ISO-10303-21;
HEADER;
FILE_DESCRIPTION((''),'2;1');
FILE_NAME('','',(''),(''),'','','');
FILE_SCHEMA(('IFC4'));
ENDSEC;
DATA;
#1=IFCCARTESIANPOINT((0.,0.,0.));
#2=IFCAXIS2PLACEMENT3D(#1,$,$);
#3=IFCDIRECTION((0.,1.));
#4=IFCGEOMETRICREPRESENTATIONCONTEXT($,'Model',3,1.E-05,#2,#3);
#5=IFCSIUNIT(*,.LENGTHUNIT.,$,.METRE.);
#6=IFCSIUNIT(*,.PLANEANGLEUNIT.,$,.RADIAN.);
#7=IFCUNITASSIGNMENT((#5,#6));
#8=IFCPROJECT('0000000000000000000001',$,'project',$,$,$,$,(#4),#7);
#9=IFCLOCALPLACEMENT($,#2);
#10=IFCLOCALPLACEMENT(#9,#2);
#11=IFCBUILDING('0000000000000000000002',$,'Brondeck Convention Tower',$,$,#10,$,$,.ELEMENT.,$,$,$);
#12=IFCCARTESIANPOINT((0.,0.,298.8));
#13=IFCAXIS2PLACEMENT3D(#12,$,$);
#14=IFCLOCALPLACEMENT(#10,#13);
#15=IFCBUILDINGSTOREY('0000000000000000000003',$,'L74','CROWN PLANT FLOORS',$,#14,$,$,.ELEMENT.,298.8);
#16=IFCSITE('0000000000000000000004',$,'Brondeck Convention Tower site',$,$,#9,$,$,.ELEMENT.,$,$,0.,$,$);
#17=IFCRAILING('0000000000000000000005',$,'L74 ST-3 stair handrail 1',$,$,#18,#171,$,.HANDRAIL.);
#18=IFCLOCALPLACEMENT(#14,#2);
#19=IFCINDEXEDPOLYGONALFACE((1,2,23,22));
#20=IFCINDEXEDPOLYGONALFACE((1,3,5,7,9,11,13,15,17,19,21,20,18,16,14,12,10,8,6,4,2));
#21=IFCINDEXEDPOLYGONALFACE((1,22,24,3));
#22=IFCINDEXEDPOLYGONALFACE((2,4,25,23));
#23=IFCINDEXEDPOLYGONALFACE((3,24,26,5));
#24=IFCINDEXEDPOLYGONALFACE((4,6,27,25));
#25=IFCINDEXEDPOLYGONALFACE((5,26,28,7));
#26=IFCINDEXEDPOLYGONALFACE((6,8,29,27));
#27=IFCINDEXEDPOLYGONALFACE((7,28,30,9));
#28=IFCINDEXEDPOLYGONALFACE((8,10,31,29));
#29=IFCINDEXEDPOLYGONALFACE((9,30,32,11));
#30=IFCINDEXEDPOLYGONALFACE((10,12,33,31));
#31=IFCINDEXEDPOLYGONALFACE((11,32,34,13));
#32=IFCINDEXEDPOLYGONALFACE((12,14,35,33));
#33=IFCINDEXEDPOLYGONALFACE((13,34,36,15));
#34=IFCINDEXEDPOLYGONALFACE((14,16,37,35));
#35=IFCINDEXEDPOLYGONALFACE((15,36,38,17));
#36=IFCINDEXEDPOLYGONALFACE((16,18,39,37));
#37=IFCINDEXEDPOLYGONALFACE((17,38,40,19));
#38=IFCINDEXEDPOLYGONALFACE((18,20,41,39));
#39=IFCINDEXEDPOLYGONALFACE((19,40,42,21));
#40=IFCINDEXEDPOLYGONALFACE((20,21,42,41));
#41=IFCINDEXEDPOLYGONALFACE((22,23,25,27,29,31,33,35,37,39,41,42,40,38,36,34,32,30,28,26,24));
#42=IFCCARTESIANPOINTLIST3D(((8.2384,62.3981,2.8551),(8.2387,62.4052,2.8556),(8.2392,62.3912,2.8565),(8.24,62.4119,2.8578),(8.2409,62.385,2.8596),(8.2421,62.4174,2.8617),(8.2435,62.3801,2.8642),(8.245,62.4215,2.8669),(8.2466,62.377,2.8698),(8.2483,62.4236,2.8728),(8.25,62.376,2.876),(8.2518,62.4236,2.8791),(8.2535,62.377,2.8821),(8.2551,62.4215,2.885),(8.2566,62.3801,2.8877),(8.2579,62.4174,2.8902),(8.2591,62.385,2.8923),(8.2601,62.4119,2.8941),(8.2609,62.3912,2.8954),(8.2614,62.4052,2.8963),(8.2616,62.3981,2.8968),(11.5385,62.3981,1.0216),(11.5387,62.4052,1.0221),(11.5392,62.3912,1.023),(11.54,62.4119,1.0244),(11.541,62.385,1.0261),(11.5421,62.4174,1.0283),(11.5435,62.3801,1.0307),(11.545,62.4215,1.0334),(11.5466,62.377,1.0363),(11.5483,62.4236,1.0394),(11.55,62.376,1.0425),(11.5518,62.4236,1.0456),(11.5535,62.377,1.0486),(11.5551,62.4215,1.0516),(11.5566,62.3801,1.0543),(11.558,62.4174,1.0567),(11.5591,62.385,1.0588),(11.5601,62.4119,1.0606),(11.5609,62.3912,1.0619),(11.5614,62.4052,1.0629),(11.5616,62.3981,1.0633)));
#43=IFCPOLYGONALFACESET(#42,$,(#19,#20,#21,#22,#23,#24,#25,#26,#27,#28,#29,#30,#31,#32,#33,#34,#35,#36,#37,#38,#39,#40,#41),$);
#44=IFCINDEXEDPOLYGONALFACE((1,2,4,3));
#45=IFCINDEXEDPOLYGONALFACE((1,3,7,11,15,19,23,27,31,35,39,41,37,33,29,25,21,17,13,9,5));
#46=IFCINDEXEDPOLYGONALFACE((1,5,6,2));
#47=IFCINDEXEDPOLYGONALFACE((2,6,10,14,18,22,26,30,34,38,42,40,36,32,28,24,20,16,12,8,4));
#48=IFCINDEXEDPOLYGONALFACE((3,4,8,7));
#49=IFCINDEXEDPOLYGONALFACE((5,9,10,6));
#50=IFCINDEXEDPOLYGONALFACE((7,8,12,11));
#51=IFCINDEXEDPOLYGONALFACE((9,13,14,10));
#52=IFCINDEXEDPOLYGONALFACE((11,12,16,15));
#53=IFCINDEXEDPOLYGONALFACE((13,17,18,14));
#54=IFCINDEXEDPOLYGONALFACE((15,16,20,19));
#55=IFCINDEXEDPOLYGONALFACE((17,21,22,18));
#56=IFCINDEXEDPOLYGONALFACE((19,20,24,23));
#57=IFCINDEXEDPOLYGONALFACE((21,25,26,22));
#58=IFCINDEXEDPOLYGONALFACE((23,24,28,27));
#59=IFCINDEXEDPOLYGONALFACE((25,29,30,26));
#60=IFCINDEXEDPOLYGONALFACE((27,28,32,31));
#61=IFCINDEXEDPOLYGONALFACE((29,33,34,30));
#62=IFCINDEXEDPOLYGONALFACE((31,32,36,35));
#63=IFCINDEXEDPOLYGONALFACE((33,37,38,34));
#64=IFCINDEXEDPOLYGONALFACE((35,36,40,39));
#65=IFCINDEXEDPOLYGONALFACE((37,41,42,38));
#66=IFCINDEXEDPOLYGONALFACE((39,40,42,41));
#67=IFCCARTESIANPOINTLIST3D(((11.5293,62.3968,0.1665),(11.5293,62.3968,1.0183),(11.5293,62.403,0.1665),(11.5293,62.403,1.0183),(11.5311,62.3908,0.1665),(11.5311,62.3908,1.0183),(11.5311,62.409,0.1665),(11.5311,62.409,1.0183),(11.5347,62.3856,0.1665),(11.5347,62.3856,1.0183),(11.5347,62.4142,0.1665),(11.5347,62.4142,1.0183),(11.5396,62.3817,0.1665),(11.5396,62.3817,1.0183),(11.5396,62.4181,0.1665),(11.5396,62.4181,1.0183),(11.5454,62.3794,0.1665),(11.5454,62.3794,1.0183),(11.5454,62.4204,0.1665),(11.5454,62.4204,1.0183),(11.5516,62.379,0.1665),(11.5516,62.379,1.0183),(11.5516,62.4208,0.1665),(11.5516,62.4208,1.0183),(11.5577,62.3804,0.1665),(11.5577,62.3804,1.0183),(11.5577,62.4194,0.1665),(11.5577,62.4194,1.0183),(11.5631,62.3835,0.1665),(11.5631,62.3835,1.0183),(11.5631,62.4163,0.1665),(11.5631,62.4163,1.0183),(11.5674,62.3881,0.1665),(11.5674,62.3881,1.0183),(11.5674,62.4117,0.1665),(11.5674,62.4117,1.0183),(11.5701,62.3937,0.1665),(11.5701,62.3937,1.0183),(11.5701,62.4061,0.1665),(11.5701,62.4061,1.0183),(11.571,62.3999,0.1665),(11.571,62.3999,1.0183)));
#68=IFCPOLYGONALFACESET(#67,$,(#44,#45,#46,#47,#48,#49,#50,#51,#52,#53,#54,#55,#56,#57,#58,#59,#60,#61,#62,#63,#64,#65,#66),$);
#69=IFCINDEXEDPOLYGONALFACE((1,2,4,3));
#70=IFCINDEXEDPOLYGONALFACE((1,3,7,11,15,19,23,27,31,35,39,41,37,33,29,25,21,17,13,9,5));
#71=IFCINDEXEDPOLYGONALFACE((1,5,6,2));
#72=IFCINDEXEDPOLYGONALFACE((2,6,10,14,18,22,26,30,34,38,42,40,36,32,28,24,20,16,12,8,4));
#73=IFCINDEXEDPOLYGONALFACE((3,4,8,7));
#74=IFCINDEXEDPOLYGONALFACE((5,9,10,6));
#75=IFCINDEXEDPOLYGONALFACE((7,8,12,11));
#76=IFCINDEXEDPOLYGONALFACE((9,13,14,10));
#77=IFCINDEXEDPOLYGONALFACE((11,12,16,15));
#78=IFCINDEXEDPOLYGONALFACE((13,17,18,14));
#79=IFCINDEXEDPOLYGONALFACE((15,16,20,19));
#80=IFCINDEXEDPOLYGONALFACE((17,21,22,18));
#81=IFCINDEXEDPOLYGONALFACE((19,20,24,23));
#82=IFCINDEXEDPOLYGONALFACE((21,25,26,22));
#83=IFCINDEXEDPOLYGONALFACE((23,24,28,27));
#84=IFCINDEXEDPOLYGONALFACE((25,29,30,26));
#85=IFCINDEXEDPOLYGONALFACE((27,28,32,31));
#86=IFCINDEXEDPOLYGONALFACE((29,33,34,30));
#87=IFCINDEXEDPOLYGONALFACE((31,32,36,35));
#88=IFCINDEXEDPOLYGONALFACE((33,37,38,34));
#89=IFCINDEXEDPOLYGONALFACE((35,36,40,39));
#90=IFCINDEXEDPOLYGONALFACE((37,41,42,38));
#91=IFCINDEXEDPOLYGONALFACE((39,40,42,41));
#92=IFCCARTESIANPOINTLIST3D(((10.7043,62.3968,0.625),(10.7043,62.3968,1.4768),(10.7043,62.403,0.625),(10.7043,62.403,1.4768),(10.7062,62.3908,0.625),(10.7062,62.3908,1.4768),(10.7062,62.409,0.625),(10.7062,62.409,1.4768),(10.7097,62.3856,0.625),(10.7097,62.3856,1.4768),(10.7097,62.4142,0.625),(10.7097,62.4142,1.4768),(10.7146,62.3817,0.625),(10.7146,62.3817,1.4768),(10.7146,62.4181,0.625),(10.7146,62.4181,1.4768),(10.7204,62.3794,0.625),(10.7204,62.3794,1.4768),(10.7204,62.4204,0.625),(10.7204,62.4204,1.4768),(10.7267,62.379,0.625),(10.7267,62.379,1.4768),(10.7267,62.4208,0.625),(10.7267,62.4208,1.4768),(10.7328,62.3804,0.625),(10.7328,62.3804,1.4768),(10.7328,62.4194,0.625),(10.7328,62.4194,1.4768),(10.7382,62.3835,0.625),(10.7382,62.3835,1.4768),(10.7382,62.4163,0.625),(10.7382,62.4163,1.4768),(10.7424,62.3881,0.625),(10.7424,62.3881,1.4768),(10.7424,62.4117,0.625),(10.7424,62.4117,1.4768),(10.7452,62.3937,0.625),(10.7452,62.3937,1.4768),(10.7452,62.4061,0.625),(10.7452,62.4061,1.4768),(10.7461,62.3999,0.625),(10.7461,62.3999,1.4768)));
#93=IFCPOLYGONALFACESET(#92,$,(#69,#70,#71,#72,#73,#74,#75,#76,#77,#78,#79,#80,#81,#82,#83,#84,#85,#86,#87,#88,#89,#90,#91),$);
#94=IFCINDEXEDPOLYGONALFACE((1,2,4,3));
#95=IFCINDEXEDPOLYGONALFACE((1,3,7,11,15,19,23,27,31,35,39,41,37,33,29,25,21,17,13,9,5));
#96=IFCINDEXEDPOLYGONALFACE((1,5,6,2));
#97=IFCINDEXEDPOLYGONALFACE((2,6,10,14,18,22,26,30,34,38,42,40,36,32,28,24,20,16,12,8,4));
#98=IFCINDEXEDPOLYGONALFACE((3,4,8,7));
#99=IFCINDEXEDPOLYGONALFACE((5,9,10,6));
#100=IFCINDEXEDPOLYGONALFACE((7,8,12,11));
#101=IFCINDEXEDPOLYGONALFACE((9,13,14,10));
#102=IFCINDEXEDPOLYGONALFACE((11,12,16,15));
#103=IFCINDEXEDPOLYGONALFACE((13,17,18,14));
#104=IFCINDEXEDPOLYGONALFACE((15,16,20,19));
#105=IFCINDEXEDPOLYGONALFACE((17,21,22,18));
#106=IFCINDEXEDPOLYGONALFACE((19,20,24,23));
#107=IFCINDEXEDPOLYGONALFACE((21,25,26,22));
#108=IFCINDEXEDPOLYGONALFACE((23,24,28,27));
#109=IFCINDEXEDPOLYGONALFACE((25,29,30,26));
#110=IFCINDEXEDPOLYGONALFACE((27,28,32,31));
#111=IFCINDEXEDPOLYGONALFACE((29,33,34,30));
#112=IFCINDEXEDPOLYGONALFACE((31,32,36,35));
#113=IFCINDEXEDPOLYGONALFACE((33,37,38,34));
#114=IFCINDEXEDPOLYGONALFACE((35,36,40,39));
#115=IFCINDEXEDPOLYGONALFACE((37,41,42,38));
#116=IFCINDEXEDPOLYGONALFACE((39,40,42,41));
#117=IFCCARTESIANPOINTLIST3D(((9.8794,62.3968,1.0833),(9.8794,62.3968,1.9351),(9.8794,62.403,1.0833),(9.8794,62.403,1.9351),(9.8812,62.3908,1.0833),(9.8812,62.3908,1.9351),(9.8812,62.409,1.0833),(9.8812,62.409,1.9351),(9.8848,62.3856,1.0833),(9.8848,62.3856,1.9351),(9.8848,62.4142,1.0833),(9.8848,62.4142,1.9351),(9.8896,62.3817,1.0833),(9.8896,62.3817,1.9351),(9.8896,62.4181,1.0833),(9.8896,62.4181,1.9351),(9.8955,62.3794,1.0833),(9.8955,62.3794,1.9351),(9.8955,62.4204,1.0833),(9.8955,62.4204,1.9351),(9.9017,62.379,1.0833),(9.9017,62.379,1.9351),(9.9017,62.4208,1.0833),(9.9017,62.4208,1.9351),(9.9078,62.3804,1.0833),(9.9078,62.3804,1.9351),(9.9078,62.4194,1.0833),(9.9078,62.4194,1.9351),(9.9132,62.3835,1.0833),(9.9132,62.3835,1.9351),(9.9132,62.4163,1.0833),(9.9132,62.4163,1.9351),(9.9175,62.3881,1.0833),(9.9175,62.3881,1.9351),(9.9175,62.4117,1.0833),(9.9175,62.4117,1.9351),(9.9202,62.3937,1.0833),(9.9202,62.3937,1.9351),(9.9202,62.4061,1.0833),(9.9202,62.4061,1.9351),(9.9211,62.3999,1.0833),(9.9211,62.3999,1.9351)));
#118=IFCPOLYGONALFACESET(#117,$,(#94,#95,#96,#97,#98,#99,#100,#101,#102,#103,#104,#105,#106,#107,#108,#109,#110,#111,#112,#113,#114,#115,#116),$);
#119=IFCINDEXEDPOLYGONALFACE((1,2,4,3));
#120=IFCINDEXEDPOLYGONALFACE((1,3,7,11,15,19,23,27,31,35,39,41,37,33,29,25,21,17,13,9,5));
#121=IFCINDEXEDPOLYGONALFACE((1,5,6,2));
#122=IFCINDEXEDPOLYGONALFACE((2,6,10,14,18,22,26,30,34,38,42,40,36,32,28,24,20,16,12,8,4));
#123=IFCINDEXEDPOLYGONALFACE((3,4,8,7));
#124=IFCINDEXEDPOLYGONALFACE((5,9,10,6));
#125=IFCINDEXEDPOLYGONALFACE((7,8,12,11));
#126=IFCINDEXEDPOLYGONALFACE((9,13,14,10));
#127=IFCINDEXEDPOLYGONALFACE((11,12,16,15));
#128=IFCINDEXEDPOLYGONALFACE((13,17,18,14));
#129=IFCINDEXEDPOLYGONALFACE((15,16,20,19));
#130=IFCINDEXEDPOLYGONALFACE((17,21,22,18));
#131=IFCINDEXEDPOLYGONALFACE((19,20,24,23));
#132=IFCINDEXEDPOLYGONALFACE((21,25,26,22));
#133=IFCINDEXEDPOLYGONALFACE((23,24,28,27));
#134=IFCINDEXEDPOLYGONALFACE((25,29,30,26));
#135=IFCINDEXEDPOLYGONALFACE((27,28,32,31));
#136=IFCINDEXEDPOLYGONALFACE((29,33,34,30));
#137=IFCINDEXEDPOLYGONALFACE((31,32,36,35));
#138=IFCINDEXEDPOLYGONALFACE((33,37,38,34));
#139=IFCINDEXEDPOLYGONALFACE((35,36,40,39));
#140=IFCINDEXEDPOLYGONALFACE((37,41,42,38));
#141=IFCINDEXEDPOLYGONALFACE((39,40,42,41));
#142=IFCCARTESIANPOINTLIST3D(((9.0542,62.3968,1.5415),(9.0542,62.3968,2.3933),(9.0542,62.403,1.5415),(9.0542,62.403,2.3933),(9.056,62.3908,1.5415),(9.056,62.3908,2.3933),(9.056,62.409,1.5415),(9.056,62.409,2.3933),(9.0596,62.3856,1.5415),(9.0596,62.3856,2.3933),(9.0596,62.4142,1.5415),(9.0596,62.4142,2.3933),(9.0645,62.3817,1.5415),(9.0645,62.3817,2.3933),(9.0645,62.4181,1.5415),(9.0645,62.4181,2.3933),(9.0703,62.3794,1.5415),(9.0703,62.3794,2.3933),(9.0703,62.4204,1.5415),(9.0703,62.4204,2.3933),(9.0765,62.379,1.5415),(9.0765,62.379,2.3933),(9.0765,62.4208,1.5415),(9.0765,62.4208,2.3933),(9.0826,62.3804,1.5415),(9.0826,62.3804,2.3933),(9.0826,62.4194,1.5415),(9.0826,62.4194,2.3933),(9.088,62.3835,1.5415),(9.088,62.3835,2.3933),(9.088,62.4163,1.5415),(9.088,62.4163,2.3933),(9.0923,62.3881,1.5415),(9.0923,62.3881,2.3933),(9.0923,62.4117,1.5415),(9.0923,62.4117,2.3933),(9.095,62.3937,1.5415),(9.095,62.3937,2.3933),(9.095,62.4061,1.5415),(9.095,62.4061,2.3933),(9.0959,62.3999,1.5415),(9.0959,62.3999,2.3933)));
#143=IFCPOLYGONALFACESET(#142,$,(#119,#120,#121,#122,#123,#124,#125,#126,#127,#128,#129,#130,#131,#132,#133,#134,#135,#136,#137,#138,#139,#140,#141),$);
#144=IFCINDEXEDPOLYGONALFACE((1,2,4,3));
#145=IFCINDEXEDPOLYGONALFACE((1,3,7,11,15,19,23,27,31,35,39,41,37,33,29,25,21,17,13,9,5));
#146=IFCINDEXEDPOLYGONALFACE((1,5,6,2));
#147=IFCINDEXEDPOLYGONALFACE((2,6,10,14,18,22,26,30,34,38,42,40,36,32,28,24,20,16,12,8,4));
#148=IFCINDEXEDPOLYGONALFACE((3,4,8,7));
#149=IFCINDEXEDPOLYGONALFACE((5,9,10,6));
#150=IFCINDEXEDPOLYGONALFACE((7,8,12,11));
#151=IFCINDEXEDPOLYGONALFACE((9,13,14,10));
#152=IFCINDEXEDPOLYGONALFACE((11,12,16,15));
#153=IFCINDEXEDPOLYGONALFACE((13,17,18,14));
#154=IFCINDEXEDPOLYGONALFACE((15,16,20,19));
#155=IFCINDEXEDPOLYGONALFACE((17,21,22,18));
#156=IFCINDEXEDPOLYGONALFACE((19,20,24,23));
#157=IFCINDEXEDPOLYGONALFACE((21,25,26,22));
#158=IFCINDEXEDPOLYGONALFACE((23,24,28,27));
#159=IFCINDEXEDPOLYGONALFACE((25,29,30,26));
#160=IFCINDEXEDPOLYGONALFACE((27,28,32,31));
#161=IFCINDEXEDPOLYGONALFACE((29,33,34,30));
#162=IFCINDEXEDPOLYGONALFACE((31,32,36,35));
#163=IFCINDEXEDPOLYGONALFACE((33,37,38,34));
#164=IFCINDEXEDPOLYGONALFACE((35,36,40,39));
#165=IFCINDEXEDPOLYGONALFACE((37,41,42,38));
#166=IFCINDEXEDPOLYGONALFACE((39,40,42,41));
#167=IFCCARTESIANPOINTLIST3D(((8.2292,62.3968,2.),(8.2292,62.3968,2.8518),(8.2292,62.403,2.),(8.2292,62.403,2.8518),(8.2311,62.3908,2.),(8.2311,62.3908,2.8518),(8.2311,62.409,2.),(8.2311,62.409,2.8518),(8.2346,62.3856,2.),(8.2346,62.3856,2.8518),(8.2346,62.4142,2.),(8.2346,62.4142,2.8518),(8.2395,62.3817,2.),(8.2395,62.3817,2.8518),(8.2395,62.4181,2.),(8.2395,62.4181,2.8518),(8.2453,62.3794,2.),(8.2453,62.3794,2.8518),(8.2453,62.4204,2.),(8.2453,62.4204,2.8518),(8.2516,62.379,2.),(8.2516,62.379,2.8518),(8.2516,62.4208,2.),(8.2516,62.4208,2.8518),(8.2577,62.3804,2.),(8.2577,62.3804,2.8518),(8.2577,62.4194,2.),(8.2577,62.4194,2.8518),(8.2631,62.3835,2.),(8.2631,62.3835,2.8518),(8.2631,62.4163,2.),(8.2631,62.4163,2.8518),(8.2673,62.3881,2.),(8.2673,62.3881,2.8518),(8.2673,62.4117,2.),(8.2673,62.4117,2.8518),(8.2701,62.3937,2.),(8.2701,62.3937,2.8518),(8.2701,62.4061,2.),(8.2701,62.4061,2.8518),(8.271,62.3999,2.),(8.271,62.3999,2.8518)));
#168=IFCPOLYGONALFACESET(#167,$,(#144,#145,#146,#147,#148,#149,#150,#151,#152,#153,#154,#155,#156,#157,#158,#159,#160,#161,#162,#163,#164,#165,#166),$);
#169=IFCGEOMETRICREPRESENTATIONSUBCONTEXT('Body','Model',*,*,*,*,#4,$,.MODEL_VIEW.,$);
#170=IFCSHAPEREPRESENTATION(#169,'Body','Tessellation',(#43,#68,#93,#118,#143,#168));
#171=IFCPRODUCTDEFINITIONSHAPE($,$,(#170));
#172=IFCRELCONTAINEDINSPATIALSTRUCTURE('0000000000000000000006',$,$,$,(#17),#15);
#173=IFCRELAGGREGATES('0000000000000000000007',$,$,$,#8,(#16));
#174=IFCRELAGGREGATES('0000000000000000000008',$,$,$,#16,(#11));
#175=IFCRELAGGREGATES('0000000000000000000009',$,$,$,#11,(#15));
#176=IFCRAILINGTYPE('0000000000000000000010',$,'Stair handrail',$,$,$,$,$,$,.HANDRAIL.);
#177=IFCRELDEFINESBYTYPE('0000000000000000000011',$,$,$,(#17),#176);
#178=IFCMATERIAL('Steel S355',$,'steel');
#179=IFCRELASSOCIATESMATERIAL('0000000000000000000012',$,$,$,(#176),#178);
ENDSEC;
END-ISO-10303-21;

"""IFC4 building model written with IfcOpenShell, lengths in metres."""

from ifc_helpers import new_model, si_unit, direction, frame, origin, origin_2d, place, context, subcontext, project, spatial, circle, extrude, material, type_object, element, save


model = new_model("IFC4")

# Units and contexts
model_context = context("Model", 3, precision=1e-05, world=origin(), true_north=direction((0.0, 1.0)))
body_context = subcontext(model_context, "Body", "Model", "MODEL_VIEW")
ifc_project = project(units=[si_unit("LENGTHUNIT", "METRE"), si_unit("PLANEANGLEUNIT", "RADIAN")], contexts=[model_context])

# Site, building, storey
site_placement = place(None, origin())
site = spatial("IfcSite", under=ifc_project, at=site_placement, Name="Brondeck Convention Tower site", CompositionType="ELEMENT", RefElevation=0.0)
building_placement = place(site_placement, origin())
building = spatial("IfcBuilding", under=site, at=building_placement, Name="Brondeck Convention Tower", CompositionType="ELEMENT")
storey_placement = place(building_placement, frame((0.0, 0.0, 298.8)))
storey = spatial("IfcBuildingStorey", under=building, at=storey_placement, Name="L74", Description="CROWN PLANT FLOORS", CompositionType="ELEMENT", Elevation=298.8)

# Railing
ifc_material_1 = material(Name="Steel S355", Category="steel")
railing_type_1 = type_object("IfcRailingType", Name="Stair handrail", PredefinedType="HANDRAIL", material=ifc_material_1)
railing_1_placement = place(storey_placement, frame((11.55, 62.3999, 0.1665)))
element("IfcRailing", 1, at=railing_1_placement, inside=storey, type_object=railing_type_1, Name="L74 ST-3 stair handrail 1", PredefinedType="HANDRAIL", context=body_context, shape_type="SweptSolid", body=[
    extrude(circle(Radius=0.0239, at=origin_2d()), frame((0.0, 0.0, 0.876), z_axis=(-0.874142, 0.0, 0.48567), x_axis=(0.0, -1.0, 0.0)), (0.0, 0.0, 1.0), 3.7751),
    extrude(circle(Radius=0.021, at=origin_2d()), origin(), (0.0, 0.0, 1.0), 0.8518),
    extrude(circle(Radius=0.021, at=origin_2d()), frame((-0.825, 0.0, 0.4585)), (0.0, 0.0, 1.0), 0.8518),
    extrude(circle(Radius=0.021, at=origin_2d()), frame((-1.6499, 0.0, 0.9167)), (0.0, 0.0, 1.0), 0.8518),
    extrude(circle(Radius=0.021, at=origin_2d()), frame((-2.4751, 0.0, 1.375)), (0.0, 0.0, 1.0), 0.8518),
    extrude(circle(Radius=0.021, at=origin_2d()), frame((-3.3, 0.0, 1.8335)), (0.0, 0.0, 1.0), 0.8518),
])

save(model, "model.ifc")
